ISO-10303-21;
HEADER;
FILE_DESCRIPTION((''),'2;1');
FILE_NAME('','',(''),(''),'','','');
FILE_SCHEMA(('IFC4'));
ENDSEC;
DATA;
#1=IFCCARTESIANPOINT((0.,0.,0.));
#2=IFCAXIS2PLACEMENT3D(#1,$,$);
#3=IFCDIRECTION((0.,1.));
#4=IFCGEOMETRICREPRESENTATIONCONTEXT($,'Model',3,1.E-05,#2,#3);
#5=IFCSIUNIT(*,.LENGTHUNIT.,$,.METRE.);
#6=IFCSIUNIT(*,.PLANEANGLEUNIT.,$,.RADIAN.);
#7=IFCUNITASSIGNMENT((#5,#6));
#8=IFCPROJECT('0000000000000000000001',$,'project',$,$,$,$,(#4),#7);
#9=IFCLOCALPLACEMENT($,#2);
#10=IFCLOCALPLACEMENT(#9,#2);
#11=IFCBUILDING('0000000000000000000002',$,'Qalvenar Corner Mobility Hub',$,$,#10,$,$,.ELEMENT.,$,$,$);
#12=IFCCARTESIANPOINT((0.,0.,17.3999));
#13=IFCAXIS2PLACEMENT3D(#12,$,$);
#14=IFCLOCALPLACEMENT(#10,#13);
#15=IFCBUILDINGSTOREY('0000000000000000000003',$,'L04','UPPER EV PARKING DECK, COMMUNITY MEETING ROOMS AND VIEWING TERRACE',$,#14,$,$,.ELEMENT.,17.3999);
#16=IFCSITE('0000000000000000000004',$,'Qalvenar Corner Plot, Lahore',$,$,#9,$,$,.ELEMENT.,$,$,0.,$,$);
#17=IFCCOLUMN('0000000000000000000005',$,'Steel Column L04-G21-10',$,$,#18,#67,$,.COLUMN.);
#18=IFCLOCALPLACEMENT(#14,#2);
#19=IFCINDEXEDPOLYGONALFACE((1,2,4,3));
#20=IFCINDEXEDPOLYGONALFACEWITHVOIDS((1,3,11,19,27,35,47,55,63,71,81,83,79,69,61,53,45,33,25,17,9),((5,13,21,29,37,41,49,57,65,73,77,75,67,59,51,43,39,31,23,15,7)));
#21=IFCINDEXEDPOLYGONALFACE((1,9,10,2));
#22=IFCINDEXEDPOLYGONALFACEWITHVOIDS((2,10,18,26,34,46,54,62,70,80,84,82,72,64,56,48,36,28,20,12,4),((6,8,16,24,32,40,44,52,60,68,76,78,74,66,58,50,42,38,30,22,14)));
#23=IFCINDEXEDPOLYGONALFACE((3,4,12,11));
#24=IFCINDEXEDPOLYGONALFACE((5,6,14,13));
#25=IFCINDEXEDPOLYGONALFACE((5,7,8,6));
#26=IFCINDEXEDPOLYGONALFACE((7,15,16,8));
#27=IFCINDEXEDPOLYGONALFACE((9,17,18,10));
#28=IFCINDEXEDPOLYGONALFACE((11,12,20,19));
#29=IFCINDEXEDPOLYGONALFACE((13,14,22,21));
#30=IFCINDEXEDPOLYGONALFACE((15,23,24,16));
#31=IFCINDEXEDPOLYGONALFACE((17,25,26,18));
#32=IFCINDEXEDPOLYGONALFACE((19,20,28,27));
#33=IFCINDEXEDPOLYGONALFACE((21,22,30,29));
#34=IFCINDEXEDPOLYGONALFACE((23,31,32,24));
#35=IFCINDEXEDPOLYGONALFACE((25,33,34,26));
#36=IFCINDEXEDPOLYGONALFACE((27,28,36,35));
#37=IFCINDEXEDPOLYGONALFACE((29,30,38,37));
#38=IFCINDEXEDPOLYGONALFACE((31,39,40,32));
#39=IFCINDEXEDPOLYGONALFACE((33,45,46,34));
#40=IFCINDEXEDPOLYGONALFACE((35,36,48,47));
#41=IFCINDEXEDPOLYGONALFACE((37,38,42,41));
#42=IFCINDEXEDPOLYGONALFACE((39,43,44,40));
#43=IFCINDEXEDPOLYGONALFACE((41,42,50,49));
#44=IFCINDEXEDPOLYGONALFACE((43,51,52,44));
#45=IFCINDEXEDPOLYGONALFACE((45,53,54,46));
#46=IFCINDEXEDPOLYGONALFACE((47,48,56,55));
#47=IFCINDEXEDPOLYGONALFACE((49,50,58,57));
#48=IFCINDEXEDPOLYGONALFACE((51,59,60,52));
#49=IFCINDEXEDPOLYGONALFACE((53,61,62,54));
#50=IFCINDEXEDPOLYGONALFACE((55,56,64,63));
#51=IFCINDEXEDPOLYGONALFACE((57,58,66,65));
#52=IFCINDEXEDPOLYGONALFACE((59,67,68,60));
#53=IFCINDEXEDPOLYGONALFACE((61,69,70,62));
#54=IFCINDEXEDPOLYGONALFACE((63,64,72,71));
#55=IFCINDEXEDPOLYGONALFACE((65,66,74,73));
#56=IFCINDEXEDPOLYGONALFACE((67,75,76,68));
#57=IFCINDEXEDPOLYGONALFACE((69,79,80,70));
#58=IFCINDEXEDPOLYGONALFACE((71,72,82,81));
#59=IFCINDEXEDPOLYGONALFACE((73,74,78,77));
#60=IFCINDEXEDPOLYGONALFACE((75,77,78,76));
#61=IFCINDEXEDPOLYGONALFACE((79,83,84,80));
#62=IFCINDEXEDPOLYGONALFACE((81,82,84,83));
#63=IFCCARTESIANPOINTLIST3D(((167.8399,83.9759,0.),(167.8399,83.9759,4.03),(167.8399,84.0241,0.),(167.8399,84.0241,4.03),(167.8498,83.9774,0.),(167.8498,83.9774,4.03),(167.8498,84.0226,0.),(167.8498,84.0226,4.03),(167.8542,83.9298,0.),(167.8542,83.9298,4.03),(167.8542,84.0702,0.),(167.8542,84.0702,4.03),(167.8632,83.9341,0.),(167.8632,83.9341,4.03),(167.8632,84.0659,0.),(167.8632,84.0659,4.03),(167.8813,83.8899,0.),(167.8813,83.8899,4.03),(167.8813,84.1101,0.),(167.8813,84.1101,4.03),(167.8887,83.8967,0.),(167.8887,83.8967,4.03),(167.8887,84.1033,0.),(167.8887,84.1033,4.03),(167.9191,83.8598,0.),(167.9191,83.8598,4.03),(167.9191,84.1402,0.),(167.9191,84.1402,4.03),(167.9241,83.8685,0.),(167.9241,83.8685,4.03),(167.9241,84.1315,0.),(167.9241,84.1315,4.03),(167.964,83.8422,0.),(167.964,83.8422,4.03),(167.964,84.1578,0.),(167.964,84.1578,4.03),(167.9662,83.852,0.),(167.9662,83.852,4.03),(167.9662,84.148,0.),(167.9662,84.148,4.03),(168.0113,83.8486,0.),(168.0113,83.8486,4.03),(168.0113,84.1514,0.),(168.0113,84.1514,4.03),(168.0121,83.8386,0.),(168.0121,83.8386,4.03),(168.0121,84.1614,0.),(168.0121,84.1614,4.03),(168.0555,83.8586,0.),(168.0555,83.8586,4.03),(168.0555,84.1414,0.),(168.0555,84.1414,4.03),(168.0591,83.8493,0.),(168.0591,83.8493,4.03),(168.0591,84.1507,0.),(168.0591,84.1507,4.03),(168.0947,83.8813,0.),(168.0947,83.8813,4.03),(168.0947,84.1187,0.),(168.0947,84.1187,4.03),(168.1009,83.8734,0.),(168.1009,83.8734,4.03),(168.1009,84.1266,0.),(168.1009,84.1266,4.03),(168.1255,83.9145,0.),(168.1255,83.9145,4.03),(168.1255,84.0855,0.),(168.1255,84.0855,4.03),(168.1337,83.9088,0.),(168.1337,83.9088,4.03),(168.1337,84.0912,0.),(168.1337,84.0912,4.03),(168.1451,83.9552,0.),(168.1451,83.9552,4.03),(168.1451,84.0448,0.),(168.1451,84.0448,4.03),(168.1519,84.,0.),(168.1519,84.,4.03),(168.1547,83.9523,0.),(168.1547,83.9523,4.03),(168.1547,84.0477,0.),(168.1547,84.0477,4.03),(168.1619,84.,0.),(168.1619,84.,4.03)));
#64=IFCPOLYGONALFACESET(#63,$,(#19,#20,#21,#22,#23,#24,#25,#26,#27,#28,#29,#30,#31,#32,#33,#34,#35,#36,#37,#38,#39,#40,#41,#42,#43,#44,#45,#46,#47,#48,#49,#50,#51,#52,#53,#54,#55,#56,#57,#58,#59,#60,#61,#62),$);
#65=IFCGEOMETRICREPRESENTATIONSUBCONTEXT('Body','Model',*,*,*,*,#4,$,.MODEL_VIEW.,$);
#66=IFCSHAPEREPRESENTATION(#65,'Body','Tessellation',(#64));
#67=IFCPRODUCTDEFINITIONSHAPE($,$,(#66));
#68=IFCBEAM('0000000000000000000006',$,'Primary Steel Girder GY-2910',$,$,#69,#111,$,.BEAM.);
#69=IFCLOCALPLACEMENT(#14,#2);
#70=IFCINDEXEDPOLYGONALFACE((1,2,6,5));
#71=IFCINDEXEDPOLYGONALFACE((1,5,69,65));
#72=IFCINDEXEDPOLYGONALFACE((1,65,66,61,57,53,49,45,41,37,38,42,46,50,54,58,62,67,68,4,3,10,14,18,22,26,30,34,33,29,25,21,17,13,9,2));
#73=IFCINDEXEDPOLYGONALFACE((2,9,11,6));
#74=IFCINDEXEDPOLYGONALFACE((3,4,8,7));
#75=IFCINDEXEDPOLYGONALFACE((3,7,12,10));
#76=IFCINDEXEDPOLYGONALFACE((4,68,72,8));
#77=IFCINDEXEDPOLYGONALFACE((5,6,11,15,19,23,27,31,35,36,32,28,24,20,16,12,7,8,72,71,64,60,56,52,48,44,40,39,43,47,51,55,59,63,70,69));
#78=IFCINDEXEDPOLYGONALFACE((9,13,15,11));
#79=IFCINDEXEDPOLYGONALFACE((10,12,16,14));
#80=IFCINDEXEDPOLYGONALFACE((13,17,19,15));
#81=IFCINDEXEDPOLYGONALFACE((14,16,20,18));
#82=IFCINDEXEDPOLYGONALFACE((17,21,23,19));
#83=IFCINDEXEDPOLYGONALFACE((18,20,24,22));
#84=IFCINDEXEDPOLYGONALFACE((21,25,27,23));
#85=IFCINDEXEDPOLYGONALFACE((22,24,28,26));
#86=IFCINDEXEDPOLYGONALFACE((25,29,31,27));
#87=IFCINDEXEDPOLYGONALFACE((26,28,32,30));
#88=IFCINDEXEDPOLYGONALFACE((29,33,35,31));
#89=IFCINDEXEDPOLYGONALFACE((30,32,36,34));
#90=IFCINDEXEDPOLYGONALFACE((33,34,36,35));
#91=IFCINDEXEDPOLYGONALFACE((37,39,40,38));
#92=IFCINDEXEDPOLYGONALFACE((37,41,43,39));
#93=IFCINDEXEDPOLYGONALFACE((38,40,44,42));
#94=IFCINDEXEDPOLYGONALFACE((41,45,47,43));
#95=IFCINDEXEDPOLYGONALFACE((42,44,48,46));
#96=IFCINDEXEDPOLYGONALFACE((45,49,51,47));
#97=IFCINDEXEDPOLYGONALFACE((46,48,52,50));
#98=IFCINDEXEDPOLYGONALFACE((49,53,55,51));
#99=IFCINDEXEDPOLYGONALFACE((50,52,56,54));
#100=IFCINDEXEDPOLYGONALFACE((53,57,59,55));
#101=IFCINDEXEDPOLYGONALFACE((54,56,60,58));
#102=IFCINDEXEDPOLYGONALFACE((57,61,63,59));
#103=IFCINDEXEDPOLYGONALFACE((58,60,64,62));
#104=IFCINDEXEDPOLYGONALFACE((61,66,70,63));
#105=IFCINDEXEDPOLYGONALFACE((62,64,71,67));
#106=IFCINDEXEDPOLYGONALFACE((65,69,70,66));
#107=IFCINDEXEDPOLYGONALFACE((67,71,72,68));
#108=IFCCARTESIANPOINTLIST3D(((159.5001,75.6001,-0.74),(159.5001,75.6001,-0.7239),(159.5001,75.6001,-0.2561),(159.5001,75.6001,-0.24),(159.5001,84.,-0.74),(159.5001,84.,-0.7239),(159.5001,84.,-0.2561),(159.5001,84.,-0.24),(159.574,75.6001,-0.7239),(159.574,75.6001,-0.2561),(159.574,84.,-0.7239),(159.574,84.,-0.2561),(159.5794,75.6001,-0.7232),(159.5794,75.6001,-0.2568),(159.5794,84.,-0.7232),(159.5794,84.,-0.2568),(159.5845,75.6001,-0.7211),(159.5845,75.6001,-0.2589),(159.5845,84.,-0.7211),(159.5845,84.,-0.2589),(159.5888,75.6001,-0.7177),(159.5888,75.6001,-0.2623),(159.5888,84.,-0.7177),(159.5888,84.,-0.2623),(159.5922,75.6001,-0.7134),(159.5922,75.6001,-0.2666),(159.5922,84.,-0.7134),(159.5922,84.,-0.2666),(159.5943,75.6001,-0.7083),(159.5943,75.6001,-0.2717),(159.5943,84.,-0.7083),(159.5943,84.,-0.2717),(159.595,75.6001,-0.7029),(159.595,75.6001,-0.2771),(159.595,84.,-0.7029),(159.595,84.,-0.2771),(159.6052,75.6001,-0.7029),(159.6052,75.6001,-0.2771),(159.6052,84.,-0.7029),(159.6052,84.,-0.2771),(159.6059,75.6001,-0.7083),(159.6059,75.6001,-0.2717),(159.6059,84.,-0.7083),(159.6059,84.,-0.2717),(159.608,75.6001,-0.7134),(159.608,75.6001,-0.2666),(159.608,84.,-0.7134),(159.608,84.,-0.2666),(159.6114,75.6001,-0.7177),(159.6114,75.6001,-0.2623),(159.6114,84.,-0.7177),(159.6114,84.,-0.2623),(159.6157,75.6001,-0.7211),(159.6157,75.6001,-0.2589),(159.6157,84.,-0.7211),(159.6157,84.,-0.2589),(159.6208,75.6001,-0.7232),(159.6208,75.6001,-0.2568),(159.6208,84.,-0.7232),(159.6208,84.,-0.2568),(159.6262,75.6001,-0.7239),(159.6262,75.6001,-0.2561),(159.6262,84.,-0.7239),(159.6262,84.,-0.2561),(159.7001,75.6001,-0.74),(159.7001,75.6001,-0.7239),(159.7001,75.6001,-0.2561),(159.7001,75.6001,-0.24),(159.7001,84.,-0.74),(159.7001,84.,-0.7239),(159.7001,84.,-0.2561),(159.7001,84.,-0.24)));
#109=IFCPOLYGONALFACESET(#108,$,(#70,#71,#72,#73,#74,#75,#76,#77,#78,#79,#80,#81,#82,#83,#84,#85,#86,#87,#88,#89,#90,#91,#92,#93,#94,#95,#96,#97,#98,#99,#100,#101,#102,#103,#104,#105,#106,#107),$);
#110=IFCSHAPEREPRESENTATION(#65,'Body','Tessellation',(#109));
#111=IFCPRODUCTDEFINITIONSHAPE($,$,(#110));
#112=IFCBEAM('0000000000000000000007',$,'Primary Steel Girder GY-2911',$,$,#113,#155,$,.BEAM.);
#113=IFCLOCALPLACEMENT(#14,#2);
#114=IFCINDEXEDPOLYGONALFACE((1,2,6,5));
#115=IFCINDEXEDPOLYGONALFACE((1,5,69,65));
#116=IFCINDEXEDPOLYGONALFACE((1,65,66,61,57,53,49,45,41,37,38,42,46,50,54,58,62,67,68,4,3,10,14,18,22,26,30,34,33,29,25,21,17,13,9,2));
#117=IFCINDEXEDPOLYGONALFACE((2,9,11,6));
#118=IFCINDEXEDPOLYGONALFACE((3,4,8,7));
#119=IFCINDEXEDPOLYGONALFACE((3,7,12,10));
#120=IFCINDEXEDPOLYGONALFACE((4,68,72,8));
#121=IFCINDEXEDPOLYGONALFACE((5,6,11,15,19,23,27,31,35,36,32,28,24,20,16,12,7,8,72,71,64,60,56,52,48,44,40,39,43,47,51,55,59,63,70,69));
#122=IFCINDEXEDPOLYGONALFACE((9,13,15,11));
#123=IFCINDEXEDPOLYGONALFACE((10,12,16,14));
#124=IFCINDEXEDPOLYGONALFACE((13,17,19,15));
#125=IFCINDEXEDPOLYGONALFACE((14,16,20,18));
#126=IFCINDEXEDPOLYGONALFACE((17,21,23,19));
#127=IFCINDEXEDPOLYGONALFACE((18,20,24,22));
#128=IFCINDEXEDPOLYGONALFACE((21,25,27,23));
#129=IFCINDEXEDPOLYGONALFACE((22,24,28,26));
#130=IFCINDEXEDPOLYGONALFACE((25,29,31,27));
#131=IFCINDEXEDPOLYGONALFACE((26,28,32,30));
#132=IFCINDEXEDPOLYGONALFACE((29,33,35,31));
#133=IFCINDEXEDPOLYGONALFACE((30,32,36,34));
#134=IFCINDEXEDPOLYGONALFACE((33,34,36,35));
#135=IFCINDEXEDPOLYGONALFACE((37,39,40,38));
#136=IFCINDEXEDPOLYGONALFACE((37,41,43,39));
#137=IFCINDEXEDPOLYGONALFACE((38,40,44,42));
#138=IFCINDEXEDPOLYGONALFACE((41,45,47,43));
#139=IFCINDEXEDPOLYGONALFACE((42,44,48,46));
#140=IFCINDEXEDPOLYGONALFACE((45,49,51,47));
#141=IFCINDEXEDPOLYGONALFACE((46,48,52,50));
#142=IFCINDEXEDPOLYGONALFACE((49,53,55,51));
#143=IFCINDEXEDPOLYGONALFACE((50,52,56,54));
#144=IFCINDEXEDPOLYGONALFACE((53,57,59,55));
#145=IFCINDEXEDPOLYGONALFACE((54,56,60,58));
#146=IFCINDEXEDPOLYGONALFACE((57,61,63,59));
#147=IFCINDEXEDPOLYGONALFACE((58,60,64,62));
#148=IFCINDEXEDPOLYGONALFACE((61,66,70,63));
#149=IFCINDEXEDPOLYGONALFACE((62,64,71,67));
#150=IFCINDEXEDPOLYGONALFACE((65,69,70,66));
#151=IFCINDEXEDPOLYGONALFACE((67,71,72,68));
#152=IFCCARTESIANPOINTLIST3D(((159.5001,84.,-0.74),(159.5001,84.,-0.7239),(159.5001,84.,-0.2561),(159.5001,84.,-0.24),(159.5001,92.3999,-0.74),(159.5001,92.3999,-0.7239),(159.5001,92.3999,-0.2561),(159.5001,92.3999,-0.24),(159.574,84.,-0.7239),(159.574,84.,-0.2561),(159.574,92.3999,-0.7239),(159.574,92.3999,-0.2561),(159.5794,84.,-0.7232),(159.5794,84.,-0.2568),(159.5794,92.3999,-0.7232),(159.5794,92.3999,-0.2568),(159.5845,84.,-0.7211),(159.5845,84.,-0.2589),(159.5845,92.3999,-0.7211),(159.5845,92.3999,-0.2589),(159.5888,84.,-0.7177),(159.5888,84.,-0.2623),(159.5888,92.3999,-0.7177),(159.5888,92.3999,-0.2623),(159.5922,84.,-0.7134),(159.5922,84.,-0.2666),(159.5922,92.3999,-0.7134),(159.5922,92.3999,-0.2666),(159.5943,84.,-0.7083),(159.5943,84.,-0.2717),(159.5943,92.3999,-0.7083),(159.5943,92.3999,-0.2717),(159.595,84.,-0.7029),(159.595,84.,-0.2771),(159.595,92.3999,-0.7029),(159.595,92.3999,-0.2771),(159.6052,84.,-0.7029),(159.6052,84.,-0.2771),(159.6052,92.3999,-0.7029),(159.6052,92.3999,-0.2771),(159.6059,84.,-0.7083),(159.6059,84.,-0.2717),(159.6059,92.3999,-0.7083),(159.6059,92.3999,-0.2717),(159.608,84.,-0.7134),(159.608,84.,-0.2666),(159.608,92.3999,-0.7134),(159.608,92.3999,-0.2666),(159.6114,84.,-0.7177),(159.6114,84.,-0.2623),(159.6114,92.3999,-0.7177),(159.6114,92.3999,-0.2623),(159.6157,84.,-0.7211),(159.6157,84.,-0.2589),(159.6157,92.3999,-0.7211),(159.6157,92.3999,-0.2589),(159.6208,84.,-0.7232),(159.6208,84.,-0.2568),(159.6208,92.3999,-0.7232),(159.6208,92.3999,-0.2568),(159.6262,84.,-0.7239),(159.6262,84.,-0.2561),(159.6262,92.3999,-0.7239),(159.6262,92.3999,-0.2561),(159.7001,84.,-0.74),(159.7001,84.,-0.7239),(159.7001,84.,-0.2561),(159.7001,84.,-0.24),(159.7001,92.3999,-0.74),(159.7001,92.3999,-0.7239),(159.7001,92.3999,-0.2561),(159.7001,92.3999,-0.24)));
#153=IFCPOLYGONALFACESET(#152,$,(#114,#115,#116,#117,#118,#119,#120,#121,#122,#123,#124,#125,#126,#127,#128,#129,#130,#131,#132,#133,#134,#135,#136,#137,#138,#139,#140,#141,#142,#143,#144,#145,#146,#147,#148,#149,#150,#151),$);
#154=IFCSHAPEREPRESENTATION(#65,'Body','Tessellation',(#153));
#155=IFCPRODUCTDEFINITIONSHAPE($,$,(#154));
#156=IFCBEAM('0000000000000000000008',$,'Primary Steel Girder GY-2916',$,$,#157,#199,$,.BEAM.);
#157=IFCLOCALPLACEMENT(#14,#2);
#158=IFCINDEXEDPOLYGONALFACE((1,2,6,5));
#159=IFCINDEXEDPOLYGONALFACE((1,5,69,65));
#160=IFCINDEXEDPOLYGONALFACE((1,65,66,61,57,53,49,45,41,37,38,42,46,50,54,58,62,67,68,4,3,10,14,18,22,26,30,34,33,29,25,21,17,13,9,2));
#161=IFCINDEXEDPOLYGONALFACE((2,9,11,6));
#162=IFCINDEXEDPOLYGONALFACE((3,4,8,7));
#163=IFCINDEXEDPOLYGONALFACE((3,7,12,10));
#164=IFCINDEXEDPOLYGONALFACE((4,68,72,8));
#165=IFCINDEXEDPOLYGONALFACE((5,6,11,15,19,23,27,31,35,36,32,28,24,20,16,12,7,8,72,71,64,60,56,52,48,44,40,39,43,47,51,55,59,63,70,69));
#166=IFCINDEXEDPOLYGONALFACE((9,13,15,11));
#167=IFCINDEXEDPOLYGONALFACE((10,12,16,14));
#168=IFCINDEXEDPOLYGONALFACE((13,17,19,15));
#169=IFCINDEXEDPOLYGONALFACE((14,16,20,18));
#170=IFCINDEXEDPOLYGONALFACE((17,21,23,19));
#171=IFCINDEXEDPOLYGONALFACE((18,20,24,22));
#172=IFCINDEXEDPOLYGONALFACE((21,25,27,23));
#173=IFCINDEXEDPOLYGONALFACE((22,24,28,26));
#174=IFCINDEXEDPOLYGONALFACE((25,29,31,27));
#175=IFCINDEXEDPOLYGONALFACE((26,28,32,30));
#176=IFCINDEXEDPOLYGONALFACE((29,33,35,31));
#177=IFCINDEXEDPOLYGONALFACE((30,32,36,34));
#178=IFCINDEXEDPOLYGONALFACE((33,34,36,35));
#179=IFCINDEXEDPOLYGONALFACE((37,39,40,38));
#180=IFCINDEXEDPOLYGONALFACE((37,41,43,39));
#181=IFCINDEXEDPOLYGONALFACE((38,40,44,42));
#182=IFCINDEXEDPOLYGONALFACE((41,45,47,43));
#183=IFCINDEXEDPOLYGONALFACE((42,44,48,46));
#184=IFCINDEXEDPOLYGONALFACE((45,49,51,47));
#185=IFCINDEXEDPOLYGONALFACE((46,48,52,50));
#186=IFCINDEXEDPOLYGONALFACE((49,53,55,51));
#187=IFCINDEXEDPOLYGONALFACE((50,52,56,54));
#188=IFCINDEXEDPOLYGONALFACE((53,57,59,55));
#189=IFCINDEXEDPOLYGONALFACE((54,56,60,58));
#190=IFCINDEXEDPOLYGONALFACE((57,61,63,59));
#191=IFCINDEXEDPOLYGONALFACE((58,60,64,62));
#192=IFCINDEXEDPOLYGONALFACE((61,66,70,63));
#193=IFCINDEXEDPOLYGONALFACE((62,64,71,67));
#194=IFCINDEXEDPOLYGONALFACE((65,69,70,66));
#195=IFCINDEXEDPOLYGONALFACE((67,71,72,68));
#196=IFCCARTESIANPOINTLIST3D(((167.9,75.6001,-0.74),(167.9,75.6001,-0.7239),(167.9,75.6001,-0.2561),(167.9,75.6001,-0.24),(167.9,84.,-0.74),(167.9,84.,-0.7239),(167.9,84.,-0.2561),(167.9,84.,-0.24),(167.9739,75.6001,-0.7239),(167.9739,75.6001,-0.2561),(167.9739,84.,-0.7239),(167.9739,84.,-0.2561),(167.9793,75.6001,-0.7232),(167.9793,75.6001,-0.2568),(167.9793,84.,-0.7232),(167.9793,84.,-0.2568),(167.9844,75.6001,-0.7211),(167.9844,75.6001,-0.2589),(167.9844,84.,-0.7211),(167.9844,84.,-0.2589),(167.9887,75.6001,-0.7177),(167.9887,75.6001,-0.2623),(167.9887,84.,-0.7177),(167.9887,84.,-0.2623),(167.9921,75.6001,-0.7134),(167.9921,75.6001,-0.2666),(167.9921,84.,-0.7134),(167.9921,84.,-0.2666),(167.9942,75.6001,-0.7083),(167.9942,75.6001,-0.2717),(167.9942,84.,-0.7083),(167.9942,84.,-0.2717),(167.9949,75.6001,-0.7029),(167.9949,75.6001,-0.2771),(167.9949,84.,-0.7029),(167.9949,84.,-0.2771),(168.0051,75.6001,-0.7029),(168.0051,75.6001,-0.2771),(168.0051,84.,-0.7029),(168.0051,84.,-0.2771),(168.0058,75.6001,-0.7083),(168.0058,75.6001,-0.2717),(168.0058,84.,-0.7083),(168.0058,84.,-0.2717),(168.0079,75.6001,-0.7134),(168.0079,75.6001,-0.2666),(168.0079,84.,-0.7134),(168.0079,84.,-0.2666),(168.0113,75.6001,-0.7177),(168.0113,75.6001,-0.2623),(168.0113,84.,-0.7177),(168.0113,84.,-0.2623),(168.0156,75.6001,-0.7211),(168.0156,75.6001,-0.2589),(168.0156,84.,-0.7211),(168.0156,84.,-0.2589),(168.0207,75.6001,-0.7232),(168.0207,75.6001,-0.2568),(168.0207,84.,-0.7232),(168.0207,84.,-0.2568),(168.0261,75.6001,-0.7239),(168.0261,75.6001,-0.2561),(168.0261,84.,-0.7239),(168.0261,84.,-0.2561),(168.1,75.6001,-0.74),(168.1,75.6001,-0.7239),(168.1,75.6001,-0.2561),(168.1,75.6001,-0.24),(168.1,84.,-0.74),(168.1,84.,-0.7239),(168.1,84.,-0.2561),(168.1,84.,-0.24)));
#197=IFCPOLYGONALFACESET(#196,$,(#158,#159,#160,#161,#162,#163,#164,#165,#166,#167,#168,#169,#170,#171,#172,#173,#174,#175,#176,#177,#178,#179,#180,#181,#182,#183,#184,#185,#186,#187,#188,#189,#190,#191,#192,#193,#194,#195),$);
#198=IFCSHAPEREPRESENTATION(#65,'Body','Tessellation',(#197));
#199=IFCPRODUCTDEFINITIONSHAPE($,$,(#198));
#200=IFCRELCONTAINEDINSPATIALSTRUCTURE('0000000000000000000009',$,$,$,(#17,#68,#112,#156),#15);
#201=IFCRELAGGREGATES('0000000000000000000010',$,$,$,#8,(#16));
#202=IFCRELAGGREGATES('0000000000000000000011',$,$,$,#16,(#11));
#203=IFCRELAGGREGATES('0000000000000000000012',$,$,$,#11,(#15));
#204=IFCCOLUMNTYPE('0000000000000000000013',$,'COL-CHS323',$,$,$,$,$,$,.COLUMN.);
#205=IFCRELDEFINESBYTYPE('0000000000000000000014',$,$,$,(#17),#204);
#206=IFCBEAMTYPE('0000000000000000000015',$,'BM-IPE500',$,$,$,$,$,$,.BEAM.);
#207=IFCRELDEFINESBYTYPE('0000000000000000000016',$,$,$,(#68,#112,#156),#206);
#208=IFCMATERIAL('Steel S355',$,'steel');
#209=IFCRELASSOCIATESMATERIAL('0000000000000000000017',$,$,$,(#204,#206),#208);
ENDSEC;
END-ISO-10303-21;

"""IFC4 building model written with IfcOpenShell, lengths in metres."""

from ifc_helpers import new_model, si_unit, direction, frame, origin, origin_2d, place, context, subcontext, project, spatial, hollow_circle, i_section, extrude, material, material_profile, profile_set, type_object, element, save


model = new_model("IFC4")

# Units and contexts
model_context = context("Model", 3, precision=1e-05, world=origin(), true_north=direction((0.0, 1.0)))
body_context = subcontext(model_context, "Body", "Model", "MODEL_VIEW")
ifc_project = project(units=[si_unit("LENGTHUNIT", "METRE"), si_unit("PLANEANGLEUNIT", "RADIAN")], contexts=[model_context])

# Site, building, storey
site_placement = place(None, origin())
site = spatial("IfcSite", under=ifc_project, at=site_placement, Name="Qalvenar Corner Plot, Lahore", CompositionType="ELEMENT", RefElevation=0.0)
building_placement = place(site_placement, origin())
building = spatial("IfcBuilding", under=site, at=building_placement, Name="Qalvenar Corner Mobility Hub", CompositionType="ELEMENT")
storey_placement = place(building_placement, frame((0.0, 0.0, 17.3999)))
storey = spatial("IfcBuildingStorey", under=building, at=storey_placement, Name="L04", Description="UPPER EV PARKING DECK, COMMUNITY MEETING ROOMS AND VIEWING TERRACE", CompositionType="ELEMENT", Elevation=17.3999)

# Column
ifc_material_1 = material(Name="Steel S355", Category="steel")
ifc_material_profile_1 = material_profile(ifc_material_1, hollow_circle(Radius=0.1619, WallThickness=0.01, at=origin_2d()), Name="CHS323.9x10")
ifc_profile_set_1 = profile_set([ifc_material_profile_1], Name="Steel S355")
column_type = type_object("IfcColumnType", Name="COL-CHS323", PredefinedType="COLUMN", material=ifc_profile_set_1)
for number, where, z_axis, x_axis, name in (
    (1, (168.0, 84.0, 0.0), (0.0, 0.0, 1.0), (1.0, 0.0, 0.0), "Steel Column L04-G21-10"),
):
    element("IfcColumn", number, at=place(storey_placement, frame(where, z_axis=z_axis, x_axis=x_axis)), inside=storey, type_object=column_type, Name=name, PredefinedType="COLUMN", context=body_context, shape_type="SweptSolid", body=[
        extrude(hollow_circle(Radius=0.1619, WallThickness=0.01, at=origin_2d()), origin(), (0.0, 0.0, 1.0), 4.03),
    ])

# Beams
ifc_material_profile_2 = material_profile(ifc_material_1, i_section(OverallWidth=0.2, OverallDepth=0.5, WebThickness=0.0103, FlangeThickness=0.0161, FilletRadius=0.021, at=origin_2d()), Name="IPE500")
ifc_profile_set_2 = profile_set([ifc_material_profile_2], Name="Steel S355")
beam_type_1 = type_object("IfcBeamType", Name="BM-IPE500", PredefinedType="BEAM", material=ifc_profile_set_2)
for number, where, z_axis, x_axis, name in (
    (2, (159.6001, 75.6001, -0.49), (0.0, 1.0, 0.0), (-1.0, 0.0, 0.0), "Primary Steel Girder GY-2910"),
    (3, (159.6001, 84.0, -0.49), (0.0, 1.0, 0.0), (-1.0, 0.0, 0.0), "Primary Steel Girder GY-2911"),
    (4, (168.0, 75.6001, -0.49), (0.0, 1.0, 0.0), (-1.0, 0.0, 0.0), "Primary Steel Girder GY-2916"),
):
    element("IfcBeam", number, at=place(storey_placement, frame(where, z_axis=z_axis, x_axis=x_axis)), inside=storey, type_object=beam_type_1, Name=name, PredefinedType="BEAM", context=body_context, shape_type="SweptSolid", body=[
        extrude(i_section(OverallWidth=0.2, OverallDepth=0.5, WebThickness=0.0103, FlangeThickness=0.0161, FilletRadius=0.021, at=origin_2d()), origin(), (0.0, 0.0, 1.0), 8.3999),
    ])

save(model, "model.ifc")
